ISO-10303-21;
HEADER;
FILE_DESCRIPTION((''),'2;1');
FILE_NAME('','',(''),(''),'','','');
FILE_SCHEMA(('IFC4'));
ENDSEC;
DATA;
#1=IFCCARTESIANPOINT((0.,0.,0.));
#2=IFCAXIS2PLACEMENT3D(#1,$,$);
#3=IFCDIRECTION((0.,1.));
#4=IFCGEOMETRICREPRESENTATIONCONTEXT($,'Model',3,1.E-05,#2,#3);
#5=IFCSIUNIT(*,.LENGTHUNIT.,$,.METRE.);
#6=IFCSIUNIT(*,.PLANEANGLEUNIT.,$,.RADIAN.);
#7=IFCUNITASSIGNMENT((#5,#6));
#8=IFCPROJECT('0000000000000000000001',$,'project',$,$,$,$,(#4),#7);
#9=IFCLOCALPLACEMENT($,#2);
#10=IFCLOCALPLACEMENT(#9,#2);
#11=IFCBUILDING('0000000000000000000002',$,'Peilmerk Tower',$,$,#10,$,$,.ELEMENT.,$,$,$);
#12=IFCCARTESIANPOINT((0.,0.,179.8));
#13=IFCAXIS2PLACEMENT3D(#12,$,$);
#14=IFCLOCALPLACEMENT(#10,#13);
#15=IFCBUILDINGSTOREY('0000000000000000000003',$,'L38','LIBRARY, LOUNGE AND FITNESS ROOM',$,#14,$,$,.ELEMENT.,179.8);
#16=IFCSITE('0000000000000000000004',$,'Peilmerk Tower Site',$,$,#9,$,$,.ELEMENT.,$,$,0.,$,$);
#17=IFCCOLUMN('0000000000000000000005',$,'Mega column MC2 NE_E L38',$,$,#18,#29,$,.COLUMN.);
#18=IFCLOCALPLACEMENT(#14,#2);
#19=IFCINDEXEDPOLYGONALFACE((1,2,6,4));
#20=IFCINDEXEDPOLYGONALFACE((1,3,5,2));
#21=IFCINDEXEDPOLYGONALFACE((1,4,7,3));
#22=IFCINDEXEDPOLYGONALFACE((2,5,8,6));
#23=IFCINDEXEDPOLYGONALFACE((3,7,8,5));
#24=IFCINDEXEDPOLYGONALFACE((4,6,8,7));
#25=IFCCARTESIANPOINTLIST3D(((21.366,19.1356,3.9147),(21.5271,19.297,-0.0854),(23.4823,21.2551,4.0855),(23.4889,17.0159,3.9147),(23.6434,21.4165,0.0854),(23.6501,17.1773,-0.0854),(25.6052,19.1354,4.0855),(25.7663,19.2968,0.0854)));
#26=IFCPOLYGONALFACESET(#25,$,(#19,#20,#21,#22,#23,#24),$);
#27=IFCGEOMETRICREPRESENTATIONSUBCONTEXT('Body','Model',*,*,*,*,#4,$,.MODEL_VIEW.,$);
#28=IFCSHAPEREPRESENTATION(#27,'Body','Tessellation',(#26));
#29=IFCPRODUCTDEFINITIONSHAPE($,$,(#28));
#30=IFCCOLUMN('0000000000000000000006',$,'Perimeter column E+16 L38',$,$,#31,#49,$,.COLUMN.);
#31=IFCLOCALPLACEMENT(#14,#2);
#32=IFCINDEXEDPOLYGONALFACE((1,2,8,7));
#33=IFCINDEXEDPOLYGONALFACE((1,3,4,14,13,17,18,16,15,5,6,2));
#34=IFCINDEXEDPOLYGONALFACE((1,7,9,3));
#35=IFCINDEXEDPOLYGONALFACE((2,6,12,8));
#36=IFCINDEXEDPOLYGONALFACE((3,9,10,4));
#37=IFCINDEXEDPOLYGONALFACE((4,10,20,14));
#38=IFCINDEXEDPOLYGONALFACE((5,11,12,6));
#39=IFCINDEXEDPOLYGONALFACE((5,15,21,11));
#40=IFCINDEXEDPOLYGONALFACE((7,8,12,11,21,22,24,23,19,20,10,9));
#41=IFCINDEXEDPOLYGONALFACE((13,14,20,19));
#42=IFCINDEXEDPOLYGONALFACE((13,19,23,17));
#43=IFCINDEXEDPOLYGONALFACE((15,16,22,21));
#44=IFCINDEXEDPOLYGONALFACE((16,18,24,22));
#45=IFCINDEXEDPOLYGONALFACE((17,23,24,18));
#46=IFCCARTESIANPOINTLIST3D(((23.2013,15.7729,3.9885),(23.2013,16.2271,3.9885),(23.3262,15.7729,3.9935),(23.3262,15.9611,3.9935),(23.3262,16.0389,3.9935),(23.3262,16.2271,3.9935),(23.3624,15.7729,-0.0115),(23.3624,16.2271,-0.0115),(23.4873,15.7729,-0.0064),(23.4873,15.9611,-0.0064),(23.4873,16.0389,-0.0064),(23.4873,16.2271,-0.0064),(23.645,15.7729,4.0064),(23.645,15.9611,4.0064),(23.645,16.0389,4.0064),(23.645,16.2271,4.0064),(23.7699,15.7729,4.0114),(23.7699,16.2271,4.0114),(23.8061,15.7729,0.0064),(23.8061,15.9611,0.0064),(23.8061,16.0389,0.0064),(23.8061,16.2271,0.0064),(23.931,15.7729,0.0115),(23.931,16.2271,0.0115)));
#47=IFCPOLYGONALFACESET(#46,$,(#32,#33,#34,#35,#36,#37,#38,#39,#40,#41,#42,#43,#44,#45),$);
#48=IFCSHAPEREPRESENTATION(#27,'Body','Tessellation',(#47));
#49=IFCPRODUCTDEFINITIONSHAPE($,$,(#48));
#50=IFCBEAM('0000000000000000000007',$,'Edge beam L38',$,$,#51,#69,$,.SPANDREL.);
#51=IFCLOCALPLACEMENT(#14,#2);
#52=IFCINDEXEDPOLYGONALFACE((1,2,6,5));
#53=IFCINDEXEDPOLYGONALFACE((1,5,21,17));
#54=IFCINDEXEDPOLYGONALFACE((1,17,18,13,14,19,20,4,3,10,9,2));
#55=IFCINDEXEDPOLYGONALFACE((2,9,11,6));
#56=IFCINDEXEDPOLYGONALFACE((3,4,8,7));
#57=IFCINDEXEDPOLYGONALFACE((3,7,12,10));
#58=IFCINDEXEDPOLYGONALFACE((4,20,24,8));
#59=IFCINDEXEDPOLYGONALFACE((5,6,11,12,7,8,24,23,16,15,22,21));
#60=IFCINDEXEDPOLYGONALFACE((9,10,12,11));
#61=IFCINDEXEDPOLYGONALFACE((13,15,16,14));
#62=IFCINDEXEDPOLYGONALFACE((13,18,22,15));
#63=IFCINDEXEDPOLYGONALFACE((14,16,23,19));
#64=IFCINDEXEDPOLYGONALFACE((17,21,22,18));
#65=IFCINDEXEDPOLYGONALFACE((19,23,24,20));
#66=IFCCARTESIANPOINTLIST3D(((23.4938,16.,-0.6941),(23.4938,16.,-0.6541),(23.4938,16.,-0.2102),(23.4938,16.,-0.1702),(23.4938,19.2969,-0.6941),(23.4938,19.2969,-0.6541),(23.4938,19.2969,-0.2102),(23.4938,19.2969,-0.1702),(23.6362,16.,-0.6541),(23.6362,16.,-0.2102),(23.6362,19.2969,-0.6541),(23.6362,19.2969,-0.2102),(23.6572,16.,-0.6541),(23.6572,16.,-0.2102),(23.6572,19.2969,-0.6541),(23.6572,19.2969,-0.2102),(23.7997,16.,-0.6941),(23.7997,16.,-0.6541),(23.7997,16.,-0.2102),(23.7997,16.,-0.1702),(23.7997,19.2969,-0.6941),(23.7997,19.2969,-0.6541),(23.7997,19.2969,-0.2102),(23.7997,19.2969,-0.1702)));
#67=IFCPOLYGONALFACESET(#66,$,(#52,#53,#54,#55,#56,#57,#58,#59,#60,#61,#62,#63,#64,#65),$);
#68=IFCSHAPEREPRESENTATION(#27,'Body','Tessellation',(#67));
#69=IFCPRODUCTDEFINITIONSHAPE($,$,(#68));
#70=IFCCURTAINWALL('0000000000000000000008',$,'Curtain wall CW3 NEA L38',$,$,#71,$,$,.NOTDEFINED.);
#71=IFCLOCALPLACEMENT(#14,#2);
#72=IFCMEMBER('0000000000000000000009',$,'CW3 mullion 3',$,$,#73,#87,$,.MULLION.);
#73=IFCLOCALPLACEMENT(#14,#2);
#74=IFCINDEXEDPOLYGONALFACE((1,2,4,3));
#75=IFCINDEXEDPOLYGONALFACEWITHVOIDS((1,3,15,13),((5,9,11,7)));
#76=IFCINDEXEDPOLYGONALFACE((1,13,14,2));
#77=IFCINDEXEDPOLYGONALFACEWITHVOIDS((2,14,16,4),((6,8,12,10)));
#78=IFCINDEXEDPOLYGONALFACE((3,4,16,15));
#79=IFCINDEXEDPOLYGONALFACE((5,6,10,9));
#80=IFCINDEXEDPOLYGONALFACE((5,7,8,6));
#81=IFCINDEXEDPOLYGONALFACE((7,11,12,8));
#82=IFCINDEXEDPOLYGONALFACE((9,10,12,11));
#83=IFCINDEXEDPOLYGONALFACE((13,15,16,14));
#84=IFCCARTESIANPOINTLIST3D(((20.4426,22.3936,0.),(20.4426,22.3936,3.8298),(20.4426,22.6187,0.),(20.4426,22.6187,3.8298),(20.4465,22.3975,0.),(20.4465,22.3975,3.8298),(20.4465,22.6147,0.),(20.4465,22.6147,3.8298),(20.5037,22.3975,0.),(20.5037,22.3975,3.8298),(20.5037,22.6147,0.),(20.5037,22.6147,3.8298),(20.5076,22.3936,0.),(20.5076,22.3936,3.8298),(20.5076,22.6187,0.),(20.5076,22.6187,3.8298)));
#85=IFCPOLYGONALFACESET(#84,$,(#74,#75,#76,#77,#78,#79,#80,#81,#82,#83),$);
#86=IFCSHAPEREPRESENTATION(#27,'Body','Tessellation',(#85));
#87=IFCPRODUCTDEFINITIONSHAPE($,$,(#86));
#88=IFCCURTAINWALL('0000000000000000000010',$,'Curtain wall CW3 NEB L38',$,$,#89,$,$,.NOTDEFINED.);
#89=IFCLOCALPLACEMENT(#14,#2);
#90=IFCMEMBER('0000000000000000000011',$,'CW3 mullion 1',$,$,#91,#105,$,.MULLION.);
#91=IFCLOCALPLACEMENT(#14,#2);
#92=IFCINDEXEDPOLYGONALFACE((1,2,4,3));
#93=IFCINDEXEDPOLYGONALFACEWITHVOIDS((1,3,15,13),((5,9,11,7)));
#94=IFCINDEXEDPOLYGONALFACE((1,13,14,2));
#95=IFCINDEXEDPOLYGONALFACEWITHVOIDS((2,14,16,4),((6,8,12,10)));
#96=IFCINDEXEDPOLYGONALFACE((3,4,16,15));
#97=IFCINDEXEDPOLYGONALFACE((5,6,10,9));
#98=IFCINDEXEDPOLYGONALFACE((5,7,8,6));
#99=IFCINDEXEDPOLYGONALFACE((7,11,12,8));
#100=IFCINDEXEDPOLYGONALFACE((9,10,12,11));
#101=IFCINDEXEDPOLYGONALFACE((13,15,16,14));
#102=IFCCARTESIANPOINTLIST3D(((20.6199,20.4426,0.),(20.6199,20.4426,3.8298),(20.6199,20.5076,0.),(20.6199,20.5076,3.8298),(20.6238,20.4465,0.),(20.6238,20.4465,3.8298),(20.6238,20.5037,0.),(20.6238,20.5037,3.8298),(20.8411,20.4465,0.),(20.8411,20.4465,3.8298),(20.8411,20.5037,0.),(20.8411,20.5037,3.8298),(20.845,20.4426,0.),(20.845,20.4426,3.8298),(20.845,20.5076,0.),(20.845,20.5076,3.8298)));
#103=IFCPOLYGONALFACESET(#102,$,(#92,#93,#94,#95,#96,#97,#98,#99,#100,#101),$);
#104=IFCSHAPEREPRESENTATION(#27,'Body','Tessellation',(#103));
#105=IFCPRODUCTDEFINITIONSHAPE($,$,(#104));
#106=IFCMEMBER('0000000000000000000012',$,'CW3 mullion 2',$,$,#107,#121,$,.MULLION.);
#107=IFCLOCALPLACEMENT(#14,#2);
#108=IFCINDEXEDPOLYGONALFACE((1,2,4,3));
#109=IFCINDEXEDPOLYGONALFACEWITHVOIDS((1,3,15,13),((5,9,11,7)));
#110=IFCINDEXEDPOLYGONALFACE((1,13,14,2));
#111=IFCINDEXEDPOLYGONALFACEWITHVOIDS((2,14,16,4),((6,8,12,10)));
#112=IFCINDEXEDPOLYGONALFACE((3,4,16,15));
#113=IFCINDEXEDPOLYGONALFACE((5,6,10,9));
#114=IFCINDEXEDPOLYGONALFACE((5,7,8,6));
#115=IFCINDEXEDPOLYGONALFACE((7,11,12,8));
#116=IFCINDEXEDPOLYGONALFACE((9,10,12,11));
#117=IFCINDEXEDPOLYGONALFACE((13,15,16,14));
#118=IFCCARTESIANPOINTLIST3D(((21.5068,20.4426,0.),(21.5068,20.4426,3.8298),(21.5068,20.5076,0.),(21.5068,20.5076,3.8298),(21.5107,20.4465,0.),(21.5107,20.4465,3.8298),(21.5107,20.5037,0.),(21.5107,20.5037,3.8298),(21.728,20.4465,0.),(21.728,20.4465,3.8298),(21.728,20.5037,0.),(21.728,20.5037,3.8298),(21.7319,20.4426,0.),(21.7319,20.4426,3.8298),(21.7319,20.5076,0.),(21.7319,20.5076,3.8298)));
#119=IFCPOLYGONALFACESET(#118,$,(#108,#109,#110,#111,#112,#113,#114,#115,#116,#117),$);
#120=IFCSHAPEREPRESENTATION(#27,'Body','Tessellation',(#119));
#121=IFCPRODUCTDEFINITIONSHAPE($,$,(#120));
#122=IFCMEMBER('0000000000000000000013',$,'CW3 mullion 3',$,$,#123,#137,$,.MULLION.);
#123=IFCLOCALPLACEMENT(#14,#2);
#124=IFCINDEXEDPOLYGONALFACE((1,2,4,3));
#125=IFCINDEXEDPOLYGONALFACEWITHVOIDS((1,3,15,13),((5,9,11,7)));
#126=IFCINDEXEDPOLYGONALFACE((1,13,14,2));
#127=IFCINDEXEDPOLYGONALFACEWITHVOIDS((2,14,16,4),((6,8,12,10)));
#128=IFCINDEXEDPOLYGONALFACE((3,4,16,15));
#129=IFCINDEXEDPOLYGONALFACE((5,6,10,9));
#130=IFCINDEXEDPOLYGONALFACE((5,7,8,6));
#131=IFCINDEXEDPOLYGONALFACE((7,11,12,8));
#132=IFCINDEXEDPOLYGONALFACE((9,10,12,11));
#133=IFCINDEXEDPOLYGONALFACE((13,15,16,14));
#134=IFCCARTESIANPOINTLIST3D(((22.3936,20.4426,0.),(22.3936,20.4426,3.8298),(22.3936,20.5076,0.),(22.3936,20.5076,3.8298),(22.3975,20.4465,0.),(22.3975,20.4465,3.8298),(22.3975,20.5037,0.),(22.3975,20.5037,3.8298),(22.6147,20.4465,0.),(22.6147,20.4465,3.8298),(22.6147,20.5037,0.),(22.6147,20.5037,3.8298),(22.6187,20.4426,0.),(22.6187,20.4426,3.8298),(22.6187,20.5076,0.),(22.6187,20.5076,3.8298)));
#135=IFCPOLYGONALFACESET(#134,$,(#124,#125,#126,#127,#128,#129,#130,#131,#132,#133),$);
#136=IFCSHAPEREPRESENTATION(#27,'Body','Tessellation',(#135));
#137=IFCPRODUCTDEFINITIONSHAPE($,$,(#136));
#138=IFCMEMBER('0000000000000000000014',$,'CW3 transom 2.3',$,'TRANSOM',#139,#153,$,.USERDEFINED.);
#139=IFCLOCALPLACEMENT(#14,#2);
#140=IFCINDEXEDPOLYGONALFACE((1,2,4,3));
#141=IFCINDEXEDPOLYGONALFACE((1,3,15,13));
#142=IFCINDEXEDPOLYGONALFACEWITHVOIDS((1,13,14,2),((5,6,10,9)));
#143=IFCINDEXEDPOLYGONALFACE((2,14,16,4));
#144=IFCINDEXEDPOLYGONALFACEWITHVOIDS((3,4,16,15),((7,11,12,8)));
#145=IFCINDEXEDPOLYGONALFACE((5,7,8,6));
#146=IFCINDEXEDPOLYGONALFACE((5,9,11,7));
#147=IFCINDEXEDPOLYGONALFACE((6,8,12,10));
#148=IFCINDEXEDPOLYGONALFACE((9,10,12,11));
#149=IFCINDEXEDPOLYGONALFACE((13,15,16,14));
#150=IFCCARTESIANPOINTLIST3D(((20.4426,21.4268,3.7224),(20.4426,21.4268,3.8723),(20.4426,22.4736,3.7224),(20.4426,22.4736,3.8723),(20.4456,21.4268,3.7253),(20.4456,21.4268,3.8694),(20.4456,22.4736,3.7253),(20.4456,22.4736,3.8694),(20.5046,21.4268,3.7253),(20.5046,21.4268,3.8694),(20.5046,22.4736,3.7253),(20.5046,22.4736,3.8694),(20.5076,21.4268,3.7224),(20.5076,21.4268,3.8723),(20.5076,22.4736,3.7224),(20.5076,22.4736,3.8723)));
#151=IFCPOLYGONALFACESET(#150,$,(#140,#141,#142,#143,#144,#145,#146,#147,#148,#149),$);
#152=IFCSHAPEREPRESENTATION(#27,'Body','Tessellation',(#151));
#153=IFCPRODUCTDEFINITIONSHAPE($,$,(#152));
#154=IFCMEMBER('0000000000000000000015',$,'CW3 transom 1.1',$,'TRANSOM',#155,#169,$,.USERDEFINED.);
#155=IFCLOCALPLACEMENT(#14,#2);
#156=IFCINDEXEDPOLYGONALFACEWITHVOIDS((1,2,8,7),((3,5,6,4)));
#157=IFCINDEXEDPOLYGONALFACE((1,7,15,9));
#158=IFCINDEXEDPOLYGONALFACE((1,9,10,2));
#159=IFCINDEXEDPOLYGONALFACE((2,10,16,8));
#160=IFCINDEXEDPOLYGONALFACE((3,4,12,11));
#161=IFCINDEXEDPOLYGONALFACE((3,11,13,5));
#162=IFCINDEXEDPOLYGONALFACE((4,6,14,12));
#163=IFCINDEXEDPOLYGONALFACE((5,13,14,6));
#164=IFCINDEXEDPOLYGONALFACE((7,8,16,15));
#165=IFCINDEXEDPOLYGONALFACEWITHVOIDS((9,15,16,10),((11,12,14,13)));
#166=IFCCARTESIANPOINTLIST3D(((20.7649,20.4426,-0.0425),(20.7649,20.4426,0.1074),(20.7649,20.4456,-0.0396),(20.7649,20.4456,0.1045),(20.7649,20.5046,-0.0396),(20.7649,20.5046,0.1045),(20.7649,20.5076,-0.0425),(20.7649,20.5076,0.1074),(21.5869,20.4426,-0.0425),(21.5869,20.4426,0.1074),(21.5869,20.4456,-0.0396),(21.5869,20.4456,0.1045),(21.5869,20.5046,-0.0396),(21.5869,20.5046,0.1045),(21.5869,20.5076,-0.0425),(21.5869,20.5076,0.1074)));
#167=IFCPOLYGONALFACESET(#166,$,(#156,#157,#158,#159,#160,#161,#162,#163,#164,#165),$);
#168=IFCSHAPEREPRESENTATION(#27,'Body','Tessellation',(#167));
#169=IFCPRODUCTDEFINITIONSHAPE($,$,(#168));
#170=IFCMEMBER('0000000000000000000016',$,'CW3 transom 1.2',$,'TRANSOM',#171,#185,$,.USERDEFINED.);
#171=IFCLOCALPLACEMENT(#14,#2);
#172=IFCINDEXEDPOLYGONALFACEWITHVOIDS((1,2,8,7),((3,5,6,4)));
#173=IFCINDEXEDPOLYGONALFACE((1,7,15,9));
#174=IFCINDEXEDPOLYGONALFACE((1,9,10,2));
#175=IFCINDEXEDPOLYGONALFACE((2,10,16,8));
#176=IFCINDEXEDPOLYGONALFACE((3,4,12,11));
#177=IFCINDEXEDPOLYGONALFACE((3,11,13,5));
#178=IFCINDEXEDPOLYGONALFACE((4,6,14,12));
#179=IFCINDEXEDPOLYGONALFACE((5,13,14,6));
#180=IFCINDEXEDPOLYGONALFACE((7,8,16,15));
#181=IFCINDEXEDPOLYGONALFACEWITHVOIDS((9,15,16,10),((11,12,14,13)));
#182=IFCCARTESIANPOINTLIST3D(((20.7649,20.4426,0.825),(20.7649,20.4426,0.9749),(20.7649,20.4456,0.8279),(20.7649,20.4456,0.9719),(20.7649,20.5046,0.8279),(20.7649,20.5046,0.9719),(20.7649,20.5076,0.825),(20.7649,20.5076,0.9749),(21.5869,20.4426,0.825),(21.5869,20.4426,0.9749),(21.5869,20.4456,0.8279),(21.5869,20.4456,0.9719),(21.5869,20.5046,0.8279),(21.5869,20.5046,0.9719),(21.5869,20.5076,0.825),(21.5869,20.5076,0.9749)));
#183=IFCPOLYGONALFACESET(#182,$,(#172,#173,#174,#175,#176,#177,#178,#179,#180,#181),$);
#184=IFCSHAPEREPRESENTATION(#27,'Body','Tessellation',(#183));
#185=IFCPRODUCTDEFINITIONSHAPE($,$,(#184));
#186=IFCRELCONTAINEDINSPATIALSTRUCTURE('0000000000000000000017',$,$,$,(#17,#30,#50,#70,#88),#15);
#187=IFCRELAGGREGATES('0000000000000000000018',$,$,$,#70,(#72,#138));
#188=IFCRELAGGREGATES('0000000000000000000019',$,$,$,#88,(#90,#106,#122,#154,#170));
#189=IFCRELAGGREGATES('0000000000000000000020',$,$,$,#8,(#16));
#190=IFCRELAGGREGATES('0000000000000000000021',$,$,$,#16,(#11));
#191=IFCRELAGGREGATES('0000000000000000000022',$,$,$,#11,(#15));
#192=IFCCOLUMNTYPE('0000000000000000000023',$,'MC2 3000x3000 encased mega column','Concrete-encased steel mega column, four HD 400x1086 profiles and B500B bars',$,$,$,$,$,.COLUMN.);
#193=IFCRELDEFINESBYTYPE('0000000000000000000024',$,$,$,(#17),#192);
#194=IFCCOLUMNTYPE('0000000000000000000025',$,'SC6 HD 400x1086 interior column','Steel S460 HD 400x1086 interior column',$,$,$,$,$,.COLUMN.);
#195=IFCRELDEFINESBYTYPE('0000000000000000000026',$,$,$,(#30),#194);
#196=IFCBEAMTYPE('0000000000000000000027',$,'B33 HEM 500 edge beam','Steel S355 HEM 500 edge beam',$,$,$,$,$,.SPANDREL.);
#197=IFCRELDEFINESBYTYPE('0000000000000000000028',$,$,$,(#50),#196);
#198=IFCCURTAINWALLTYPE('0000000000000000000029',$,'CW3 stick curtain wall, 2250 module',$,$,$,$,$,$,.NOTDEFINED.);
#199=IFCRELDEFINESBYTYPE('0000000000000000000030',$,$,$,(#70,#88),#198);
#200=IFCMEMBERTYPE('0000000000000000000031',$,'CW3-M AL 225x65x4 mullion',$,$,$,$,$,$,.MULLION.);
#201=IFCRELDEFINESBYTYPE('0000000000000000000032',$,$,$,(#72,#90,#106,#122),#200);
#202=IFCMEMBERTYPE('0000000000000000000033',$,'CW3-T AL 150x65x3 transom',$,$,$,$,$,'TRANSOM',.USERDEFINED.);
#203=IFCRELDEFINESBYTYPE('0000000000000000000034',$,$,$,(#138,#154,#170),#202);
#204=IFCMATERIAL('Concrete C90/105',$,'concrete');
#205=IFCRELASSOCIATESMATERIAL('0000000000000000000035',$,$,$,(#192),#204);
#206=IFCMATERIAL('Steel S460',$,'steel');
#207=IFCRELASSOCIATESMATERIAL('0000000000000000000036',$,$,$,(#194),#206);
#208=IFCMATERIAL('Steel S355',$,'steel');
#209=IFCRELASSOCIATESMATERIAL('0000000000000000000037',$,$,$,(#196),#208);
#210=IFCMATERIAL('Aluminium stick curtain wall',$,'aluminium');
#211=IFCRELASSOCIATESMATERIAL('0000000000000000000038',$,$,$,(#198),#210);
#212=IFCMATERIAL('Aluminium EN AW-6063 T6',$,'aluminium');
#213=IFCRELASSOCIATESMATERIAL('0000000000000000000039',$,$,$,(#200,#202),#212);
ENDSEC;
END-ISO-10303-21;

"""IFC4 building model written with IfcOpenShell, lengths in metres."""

from ifc_helpers import new_model, si_unit, direction, frame, origin, origin_2d, place, context, subcontext, project, spatial, rectangle, hollow_rectangle, i_section, extrude, material, material_profile, profile_set, type_object, element, aggregate, save


model = new_model("IFC4")

# Units and contexts
model_context = context("Model", 3, precision=1e-05, world=origin(), true_north=direction((0.0, 1.0)))
body_context = subcontext(model_context, "Body", "Model", "MODEL_VIEW")
ifc_project = project(units=[si_unit("LENGTHUNIT", "METRE"), si_unit("PLANEANGLEUNIT", "RADIAN")], contexts=[model_context])

# Site, building, storey
site_placement = place(None, origin())
site = spatial("IfcSite", under=ifc_project, at=site_placement, Name="Peilmerk Tower Site", CompositionType="ELEMENT", RefElevation=0.0)
building_placement = place(site_placement, origin())
building = spatial("IfcBuilding", under=site, at=building_placement, Name="Peilmerk Tower", CompositionType="ELEMENT")
storey_placement = place(building_placement, frame((0.0, 0.0, 179.8)))
storey = spatial("IfcBuildingStorey", under=building, at=storey_placement, Name="L38", Description="LIBRARY, LOUNGE AND FITNESS ROOM", CompositionType="ELEMENT", Elevation=179.8)

# Columns
ifc_material_1 = material(Name="Concrete C90/105", Category="concrete")
ifc_material_profile_1 = material_profile(ifc_material_1, rectangle(XDim=3.0, YDim=3.0, at=origin_2d()), Name="RC 3000x3000")
ifc_profile_set_1 = profile_set([ifc_material_profile_1], Name="Concrete C90/105")
column_type_1 = type_object("IfcColumnType", Name="MC2 3000x3000 encased mega column", Description="Concrete-encased steel mega column, four HD 400x1086 profiles and B500B bars", PredefinedType="COLUMN", material=ifc_profile_set_1)
column_1_placement = place(storey_placement, frame((23.6467, 19.2969, 0.0), z_axis=(-0.040218, -0.040279, 0.998379), x_axis=(0.707642, -0.706571, 0.0)))
element("IfcColumn", 1, at=column_1_placement, inside=storey, type_object=column_type_1, Name="Mega column MC2 NE_E L38", PredefinedType="COLUMN", context=body_context, shape_type="SweptSolid", body=[
    extrude(rectangle(XDim=3.0, YDim=3.0, at=origin_2d()), origin(), (0.0, 0.0, 1.0), 4.0066),
])
ifc_material_2 = material(Name="Steel S460", Category="steel")
ifc_material_profile_2 = material_profile(ifc_material_2, i_section(OverallWidth=0.4541, OverallDepth=0.5691, WebThickness=0.0779, FlangeThickness=0.125, at=origin_2d()), Name="HD 400x1086")
ifc_profile_set_2 = profile_set([ifc_material_profile_2], Name="Steel S460")
column_type_2 = type_object("IfcColumnType", Name="SC6 HD 400x1086 interior column", Description="Steel S460 HD 400x1086 interior column", PredefinedType="COLUMN", material=ifc_profile_set_2)
column_2_placement = place(storey_placement, frame((23.6467, 16.0, 0.0), z_axis=(-0.040251, 0.0, 0.99919), x_axis=(0.0, -1.0, 0.0)))
element("IfcColumn", 2, at=column_2_placement, inside=storey, type_object=column_type_2, Name="Perimeter column E+16 L38", PredefinedType="COLUMN", context=body_context, shape_type="SweptSolid", body=[
    extrude(i_section(OverallWidth=0.4541, OverallDepth=0.5691, WebThickness=0.0779, FlangeThickness=0.125, at=origin_2d()), origin(), (0.0, 0.0, 1.0), 4.0032),
])

# Beam
ifc_material_3 = material(Name="Steel S355", Category="steel")
ifc_material_profile_3 = material_profile(ifc_material_3, i_section(OverallWidth=0.3059, OverallDepth=0.5239, WebThickness=0.021, FlangeThickness=0.04, at=origin_2d()), Name="HEM 500")
ifc_profile_set_3 = profile_set([ifc_material_profile_3], Name="Steel S355")
beam_type = type_object("IfcBeamType", Name="B33 HEM 500 edge beam", Description="Steel S355 HEM 500 edge beam", PredefinedType="SPANDREL", material=ifc_profile_set_3)
beam_placement = place(storey_placement, frame((23.6467, 16.0, -0.4321), z_axis=(0.0, 1.0, 0.0), x_axis=(-1.0, 0.0, 0.0)))
element("IfcBeam", 3, at=beam_placement, inside=storey, type_object=beam_type, Name="Edge beam L38", PredefinedType="SPANDREL", context=body_context, shape_type="SweptSolid", body=[
    extrude(i_section(OverallWidth=0.3059, OverallDepth=0.5239, WebThickness=0.021, FlangeThickness=0.04, at=origin_2d()), origin(), (0.0, 0.0, 1.0), 3.2969),
])

# Curtain wall, member
ifc_material_4 = material(Name="Aluminium stick curtain wall", Category="aluminium")
curtain_wall_type = type_object("IfcCurtainWallType", Name="CW3 stick curtain wall, 2250 module", PredefinedType="NOTDEFINED", material=ifc_material_4)
curtain_wall_1_placement = place(storey_placement, origin())
curtain_wall_1 = element("IfcCurtainWall", 4, at=curtain_wall_1_placement, inside=storey, type_object=curtain_wall_type, Name="Curtain wall CW3 NEA L38", PredefinedType="NOTDEFINED")
ifc_material_5 = material(Name="Aluminium EN AW-6063 T6", Category="aluminium")
ifc_material_profile_4 = material_profile(ifc_material_5, hollow_rectangle(XDim=0.0649, YDim=0.2251, WallThickness=0.0039, at=origin_2d()), Name="AL 225x65x4")
ifc_profile_set_4 = profile_set([ifc_material_profile_4], Name="Aluminium EN AW-6063 T6")
member_type_1 = type_object("IfcMemberType", Name="CW3-M AL 225x65x4 mullion", PredefinedType="MULLION", material=ifc_profile_set_4)
member_1_placement = place(storey_placement, frame((20.4751, 22.5061, 0.0), z_axis=(0.0, 0.0, 1.0), x_axis=(-1.0, 0.0, 0.0)))
member_1 = element("IfcMember", 5, at=member_1_placement, type_object=member_type_1, Name="CW3 mullion 3", PredefinedType="MULLION", context=body_context, shape_type="SweptSolid", body=[
    extrude(hollow_rectangle(XDim=0.0649, YDim=0.2251, WallThickness=0.0039, at=origin_2d()), origin(), (0.0, 0.0, 1.0), 3.8298),
])

# Curtain wall, members
curtain_wall_2_placement = place(storey_placement, origin())
curtain_wall_2 = element("IfcCurtainWall", 6, at=curtain_wall_2_placement, inside=storey, type_object=curtain_wall_type, Name="Curtain wall CW3 NEB L38", PredefinedType="NOTDEFINED")
member_2_placement = place(storey_placement, frame((20.7324, 20.4751, 0.0), z_axis=(0.0, 0.0, 1.0), x_axis=(0.0, 1.0, 0.0)))
member_2 = element("IfcMember", 7, at=member_2_placement, type_object=member_type_1, Name="CW3 mullion 1", PredefinedType="MULLION", context=body_context, shape_type="SweptSolid", body=[
    extrude(hollow_rectangle(XDim=0.0649, YDim=0.2251, WallThickness=0.0039, at=origin_2d()), origin(), (0.0, 0.0, 1.0), 3.8298),
])
member_3_placement = place(storey_placement, frame((21.6194, 20.4751, 0.0), z_axis=(0.0, 0.0, 1.0), x_axis=(0.0, 1.0, 0.0)))
member_3 = element("IfcMember", 8, at=member_3_placement, type_object=member_type_1, Name="CW3 mullion 2", PredefinedType="MULLION", context=body_context, shape_type="SweptSolid", body=[
    extrude(hollow_rectangle(XDim=0.0649, YDim=0.2251, WallThickness=0.0039, at=origin_2d()), origin(), (0.0, 0.0, 1.0), 3.8298),
])
member_4_placement = place(storey_placement, frame((22.5061, 20.4751, 0.0), z_axis=(0.0, 0.0, 1.0), x_axis=(0.0, 1.0, 0.0)))
member_4 = element("IfcMember", 9, at=member_4_placement, type_object=member_type_1, Name="CW3 mullion 3", PredefinedType="MULLION", context=body_context, shape_type="SweptSolid", body=[
    extrude(hollow_rectangle(XDim=0.0649, YDim=0.2251, WallThickness=0.0039, at=origin_2d()), origin(), (0.0, 0.0, 1.0), 3.8298),
])

# Members
ifc_material_profile_5 = material_profile(ifc_material_5, hollow_rectangle(XDim=0.0649, YDim=0.1499, WallThickness=0.0029, at=origin_2d()), Name="AL 150x65x3")
ifc_profile_set_5 = profile_set([ifc_material_profile_5], Name="Aluminium EN AW-6063 T6")
member_type_2 = type_object("IfcMemberType", Name="CW3-T AL 150x65x3 transom", ElementType="TRANSOM", PredefinedType="USERDEFINED", material=ifc_profile_set_5)
member_5_placement = place(storey_placement, frame((20.4751, 21.4268, 3.7974), z_axis=(0.0, 1.0, 0.0), x_axis=(-1.0, 0.0, 0.0)))
member_5 = element("IfcMember", 10, at=member_5_placement, type_object=member_type_2, Name="CW3 transom 2.3", ObjectType="TRANSOM", PredefinedType="USERDEFINED", context=body_context, shape_type="SweptSolid", body=[
    extrude(hollow_rectangle(XDim=0.0649, YDim=0.1499, WallThickness=0.0029, at=origin_2d()), origin(), (0.0, 0.0, 1.0), 1.0469),
])
member_6_placement = place(storey_placement, frame((20.7649, 20.4751, 0.0325), z_axis=(1.0, 0.0, 0.0), x_axis=(0.0, 1.0, 0.0)))
member_6 = element("IfcMember", 11, at=member_6_placement, type_object=member_type_2, Name="CW3 transom 1.1", ObjectType="TRANSOM", PredefinedType="USERDEFINED", context=body_context, shape_type="SweptSolid", body=[
    extrude(hollow_rectangle(XDim=0.0649, YDim=0.1499, WallThickness=0.0029, at=origin_2d()), origin(), (0.0, 0.0, 1.0), 0.822),
])
member_7_placement = place(storey_placement, frame((20.7649, 20.4751, 0.8999), z_axis=(1.0, 0.0, 0.0), x_axis=(0.0, 1.0, 0.0)))
member_7 = element("IfcMember", 12, at=member_7_placement, type_object=member_type_2, Name="CW3 transom 1.2", ObjectType="TRANSOM", PredefinedType="USERDEFINED", context=body_context, shape_type="SweptSolid", body=[
    extrude(hollow_rectangle(XDim=0.0649, YDim=0.1499, WallThickness=0.0029, at=origin_2d()), origin(), (0.0, 0.0, 1.0), 0.822),
])

aggregate(curtain_wall_1, [member_1, member_5])
aggregate(curtain_wall_2, [member_2, member_3, member_4, member_6, member_7])

save(model, "model.ifc")
